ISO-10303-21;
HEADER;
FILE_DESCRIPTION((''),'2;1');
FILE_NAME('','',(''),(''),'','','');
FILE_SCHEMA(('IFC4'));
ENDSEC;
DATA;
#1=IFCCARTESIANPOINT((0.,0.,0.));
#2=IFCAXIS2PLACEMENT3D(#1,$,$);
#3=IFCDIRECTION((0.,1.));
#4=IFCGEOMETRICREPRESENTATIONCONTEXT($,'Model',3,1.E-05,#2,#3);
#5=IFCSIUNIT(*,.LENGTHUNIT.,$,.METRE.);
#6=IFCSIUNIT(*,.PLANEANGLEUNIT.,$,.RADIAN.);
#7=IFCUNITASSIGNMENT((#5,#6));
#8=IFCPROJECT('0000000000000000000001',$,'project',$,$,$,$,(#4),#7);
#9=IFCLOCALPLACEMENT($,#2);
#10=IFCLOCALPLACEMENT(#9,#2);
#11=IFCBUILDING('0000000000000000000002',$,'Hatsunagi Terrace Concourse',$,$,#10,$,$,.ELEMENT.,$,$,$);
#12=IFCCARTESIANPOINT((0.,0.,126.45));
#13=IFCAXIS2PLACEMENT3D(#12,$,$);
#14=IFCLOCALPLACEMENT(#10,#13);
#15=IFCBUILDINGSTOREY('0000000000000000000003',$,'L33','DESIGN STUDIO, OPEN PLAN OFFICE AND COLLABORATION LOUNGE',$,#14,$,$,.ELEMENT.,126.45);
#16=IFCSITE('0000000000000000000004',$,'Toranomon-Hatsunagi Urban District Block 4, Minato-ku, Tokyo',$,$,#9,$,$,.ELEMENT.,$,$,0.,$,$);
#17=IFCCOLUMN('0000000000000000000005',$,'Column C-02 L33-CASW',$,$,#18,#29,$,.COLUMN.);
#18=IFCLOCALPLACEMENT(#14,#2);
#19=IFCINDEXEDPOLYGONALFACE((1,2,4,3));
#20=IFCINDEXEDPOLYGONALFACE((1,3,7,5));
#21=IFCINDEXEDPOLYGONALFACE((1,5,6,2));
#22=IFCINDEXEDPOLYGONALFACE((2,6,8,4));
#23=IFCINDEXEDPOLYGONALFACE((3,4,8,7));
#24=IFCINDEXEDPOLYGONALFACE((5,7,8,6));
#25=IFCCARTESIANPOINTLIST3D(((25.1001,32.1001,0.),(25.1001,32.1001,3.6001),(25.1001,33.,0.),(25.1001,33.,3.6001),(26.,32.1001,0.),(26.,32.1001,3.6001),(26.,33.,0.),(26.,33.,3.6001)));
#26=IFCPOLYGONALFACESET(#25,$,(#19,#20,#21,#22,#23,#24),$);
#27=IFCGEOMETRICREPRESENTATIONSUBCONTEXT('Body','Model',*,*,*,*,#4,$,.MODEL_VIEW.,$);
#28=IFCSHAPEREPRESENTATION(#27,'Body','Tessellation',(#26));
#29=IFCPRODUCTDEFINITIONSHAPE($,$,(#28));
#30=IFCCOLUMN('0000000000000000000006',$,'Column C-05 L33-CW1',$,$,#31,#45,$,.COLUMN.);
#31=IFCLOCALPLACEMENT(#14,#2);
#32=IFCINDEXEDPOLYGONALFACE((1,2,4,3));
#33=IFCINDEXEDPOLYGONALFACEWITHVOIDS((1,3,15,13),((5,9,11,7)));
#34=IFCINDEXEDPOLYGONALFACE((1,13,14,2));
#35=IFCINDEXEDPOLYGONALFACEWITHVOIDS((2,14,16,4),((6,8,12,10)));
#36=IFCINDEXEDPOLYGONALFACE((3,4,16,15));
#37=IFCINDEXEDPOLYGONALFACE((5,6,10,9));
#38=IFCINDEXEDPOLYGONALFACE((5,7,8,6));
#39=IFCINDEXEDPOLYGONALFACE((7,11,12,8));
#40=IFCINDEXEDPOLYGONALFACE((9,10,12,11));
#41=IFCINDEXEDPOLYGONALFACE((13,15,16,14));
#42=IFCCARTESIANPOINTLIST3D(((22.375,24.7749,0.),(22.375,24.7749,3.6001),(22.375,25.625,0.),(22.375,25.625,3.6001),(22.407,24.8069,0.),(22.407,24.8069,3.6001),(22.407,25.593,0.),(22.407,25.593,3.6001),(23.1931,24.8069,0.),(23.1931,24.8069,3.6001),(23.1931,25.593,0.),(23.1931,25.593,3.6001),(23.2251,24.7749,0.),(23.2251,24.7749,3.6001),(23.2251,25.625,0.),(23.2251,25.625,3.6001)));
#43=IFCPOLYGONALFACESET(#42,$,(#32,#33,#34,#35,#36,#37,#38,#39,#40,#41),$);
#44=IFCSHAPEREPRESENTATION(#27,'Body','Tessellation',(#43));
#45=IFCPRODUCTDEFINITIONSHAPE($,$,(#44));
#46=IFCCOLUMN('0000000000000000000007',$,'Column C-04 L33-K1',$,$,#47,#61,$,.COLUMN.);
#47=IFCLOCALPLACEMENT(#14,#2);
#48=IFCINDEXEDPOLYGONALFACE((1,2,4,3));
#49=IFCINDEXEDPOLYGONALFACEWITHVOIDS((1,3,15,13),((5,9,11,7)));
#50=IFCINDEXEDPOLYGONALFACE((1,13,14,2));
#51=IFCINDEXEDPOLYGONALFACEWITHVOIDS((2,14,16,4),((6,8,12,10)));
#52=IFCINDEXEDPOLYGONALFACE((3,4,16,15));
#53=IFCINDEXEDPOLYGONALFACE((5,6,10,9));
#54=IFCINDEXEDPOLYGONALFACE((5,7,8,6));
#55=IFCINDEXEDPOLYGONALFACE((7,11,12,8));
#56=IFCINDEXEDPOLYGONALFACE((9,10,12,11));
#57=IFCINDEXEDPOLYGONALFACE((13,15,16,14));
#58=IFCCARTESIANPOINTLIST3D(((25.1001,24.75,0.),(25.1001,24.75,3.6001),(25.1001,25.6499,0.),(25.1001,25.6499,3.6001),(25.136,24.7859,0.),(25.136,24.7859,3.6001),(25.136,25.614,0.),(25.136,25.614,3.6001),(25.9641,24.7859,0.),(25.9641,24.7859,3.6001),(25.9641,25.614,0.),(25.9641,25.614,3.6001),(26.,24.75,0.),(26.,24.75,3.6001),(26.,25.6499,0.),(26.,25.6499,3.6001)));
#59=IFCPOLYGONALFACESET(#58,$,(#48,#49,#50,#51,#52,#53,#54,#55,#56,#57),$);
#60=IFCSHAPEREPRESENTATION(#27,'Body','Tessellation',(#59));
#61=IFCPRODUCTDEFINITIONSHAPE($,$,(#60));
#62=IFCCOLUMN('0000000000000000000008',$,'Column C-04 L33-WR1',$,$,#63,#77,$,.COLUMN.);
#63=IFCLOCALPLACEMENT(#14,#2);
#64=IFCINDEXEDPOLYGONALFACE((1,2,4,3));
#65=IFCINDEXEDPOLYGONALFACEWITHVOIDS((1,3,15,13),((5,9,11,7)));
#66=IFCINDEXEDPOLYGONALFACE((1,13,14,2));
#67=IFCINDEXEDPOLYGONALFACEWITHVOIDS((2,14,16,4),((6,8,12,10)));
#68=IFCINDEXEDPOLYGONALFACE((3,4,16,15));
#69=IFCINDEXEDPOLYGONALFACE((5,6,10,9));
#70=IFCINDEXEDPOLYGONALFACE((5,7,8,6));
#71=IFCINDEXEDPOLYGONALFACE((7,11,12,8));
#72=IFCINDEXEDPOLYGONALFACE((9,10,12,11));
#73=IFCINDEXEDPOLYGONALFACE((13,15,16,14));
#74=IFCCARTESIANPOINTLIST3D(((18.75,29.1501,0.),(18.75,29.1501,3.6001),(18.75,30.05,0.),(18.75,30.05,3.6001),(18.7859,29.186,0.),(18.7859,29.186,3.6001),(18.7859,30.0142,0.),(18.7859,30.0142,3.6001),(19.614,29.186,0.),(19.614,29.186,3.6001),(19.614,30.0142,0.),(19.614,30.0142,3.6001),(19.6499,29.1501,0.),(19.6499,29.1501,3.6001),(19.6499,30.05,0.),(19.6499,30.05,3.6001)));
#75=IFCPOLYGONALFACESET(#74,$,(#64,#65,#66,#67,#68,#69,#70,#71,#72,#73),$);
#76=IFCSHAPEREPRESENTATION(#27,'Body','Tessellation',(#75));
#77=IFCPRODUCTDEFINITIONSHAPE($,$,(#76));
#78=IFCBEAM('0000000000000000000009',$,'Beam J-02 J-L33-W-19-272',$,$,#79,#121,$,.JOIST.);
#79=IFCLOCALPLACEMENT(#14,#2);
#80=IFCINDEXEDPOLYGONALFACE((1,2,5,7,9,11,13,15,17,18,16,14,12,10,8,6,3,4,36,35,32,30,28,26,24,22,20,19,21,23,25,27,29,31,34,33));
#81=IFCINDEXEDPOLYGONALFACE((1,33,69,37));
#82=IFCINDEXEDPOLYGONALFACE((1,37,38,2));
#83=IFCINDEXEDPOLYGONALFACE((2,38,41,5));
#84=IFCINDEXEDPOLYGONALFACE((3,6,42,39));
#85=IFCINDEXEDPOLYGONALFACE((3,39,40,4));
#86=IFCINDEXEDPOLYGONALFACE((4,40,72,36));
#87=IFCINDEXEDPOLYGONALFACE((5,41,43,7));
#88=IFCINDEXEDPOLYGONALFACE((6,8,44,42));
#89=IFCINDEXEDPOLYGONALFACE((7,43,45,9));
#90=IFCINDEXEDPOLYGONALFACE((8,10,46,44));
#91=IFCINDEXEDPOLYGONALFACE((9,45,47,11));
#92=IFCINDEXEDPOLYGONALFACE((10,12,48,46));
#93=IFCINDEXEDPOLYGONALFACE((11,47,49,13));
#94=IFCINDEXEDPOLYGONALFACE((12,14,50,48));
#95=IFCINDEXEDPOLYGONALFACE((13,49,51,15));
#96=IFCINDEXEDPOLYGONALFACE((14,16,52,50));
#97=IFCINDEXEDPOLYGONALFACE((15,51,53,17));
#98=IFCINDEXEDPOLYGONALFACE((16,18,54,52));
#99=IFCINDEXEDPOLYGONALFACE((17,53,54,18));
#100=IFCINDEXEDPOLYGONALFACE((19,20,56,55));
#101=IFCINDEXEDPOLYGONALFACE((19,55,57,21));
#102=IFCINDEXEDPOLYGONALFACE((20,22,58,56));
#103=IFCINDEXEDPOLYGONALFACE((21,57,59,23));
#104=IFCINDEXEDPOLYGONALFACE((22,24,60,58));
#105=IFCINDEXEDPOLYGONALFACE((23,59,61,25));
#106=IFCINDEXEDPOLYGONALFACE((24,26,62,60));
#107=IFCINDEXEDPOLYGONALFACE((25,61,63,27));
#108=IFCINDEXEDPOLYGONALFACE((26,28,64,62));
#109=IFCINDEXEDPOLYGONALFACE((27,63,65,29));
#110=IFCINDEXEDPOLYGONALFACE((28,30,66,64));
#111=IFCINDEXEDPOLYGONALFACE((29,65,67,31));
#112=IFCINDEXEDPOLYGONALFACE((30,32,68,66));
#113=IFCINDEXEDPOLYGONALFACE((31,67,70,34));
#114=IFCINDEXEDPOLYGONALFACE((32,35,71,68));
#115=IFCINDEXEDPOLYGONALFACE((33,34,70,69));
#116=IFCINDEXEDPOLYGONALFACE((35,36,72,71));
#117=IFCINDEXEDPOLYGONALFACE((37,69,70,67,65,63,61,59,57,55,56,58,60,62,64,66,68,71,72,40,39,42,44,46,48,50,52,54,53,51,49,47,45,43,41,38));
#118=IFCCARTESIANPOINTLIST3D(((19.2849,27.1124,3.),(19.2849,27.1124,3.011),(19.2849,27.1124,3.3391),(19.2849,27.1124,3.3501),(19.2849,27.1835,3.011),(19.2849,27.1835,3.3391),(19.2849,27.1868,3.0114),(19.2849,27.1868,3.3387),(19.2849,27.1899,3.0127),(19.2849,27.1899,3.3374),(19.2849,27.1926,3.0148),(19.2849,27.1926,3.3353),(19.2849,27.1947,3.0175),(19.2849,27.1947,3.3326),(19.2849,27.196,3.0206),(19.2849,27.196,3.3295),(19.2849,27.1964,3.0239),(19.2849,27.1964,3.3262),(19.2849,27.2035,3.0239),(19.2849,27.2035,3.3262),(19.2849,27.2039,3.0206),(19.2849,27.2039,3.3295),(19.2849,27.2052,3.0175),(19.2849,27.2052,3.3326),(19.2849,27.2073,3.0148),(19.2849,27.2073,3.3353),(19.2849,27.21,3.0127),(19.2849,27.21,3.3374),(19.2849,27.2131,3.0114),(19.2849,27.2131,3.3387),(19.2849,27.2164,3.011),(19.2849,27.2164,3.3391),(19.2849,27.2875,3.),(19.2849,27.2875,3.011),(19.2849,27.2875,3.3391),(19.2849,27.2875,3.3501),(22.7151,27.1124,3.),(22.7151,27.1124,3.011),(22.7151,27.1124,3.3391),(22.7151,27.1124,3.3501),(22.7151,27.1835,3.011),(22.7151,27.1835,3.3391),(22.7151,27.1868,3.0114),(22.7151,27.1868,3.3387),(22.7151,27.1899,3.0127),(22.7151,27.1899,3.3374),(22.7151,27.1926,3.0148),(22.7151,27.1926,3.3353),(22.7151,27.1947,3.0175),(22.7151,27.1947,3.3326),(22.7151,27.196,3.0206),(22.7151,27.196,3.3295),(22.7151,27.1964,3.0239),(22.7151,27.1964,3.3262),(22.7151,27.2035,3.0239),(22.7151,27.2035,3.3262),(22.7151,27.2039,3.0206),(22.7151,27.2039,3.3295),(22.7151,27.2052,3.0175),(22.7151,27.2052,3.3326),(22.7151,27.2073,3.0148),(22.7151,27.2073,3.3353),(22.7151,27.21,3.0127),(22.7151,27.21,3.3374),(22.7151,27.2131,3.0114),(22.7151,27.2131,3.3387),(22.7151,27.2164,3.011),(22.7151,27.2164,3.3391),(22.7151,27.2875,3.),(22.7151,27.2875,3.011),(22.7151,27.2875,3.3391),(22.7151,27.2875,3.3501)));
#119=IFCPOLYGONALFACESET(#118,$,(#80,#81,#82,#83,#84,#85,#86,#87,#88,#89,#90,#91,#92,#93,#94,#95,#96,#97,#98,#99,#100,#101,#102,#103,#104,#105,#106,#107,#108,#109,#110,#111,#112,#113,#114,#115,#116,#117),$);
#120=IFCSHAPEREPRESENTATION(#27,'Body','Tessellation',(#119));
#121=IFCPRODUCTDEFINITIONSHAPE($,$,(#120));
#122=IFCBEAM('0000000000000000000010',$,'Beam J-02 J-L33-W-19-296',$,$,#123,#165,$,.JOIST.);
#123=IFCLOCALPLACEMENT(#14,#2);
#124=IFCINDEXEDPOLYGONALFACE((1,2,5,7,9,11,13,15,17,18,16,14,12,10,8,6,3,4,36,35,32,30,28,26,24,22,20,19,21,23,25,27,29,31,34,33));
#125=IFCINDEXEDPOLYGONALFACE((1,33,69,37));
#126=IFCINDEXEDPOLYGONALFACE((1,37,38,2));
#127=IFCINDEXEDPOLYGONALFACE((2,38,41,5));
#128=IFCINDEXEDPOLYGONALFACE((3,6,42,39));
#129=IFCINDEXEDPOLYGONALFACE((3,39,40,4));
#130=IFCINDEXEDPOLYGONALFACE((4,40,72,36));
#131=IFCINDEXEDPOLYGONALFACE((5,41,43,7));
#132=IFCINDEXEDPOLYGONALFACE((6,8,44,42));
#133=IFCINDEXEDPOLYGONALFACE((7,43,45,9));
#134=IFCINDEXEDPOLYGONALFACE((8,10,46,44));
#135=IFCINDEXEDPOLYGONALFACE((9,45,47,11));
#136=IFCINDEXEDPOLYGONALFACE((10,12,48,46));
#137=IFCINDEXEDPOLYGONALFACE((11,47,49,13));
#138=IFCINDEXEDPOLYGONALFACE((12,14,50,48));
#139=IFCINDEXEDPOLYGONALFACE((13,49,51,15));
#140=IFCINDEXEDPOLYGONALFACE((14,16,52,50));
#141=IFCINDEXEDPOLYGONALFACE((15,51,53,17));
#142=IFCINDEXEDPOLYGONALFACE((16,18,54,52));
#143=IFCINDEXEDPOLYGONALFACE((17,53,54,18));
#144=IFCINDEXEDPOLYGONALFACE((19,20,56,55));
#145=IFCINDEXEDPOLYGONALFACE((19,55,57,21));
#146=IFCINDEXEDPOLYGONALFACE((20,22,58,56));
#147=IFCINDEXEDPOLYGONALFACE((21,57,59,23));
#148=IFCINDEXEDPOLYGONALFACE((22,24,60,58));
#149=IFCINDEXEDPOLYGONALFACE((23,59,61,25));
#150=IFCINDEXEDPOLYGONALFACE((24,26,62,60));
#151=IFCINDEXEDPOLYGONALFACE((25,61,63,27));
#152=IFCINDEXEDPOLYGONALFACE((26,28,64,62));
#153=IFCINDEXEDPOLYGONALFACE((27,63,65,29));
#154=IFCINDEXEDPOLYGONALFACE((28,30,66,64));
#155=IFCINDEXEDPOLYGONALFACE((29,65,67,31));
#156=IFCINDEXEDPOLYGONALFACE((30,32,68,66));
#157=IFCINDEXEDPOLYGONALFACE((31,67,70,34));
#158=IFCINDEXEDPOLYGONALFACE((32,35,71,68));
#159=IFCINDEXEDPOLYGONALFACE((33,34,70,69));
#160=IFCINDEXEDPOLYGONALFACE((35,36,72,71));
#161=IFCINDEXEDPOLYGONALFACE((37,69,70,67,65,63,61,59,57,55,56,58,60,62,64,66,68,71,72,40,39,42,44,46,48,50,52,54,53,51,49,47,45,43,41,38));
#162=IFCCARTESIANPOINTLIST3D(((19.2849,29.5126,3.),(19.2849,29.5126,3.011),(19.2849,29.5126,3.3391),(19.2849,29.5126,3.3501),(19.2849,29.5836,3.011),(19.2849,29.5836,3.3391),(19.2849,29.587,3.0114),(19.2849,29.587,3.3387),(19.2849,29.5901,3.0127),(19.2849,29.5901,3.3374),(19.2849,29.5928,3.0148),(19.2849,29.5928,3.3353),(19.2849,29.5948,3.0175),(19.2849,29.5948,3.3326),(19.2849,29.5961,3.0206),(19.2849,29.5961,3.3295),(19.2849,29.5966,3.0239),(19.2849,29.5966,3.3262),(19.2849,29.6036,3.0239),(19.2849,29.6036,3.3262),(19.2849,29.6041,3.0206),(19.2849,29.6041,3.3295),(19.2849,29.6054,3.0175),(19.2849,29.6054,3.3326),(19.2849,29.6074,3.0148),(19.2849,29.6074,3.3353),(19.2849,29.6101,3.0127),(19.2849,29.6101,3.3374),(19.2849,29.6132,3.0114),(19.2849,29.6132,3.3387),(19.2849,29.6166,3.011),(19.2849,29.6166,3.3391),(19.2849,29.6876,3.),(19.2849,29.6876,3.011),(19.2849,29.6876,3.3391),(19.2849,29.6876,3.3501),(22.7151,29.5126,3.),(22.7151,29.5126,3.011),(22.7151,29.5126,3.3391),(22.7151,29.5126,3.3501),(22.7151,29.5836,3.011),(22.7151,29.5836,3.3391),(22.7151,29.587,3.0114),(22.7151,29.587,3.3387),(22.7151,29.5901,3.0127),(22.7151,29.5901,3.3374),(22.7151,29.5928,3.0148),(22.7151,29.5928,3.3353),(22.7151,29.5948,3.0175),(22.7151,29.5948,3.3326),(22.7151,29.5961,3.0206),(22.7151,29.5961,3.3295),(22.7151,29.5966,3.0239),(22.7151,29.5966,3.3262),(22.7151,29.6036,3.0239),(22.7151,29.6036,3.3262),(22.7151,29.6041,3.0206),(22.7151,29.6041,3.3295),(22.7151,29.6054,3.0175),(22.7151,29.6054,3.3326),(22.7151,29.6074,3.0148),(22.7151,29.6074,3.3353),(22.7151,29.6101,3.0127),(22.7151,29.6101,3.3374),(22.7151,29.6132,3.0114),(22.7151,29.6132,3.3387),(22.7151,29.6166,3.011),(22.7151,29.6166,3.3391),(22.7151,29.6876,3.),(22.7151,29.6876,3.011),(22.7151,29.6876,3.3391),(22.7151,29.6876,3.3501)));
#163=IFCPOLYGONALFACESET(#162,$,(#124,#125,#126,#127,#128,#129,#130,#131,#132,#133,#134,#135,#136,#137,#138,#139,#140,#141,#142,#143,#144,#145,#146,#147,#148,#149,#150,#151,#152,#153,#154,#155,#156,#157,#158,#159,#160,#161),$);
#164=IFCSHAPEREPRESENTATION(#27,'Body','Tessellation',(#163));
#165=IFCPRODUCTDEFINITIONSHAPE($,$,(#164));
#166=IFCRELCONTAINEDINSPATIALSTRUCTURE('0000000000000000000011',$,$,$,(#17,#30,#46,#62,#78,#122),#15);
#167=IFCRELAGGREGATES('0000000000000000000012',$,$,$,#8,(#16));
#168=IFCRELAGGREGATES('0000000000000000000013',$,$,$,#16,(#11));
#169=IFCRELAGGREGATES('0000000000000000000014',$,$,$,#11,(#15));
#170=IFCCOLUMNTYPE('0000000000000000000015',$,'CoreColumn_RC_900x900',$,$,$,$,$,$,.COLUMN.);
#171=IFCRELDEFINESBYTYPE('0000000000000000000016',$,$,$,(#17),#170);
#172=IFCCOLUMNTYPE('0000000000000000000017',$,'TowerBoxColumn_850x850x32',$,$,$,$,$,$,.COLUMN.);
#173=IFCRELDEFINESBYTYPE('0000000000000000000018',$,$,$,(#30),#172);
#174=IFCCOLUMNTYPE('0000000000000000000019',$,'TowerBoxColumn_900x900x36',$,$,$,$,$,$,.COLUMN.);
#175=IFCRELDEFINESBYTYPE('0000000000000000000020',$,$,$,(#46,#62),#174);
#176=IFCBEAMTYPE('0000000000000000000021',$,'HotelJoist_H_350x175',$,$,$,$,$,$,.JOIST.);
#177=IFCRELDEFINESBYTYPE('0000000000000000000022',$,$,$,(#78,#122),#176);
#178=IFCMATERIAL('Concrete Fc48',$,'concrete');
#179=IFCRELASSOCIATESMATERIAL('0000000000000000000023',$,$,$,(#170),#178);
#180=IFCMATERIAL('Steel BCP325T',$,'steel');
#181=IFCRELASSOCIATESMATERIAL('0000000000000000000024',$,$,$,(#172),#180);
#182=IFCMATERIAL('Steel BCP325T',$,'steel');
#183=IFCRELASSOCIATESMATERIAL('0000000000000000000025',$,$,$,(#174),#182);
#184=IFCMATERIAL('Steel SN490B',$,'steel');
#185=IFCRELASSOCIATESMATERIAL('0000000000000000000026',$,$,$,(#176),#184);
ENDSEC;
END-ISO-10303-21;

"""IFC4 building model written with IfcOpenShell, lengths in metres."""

from ifc_helpers import new_model, si_unit, direction, frame, origin, origin_2d, place, context, subcontext, project, spatial, rectangle, hollow_rectangle, i_section, extrude, material, material_profile, profile_set, type_object, element, save


model = new_model("IFC4")

# Units and contexts
model_context = context("Model", 3, precision=1e-05, world=origin(), true_north=direction((0.0, 1.0)))
body_context = subcontext(model_context, "Body", "Model", "MODEL_VIEW")
ifc_project = project(units=[si_unit("LENGTHUNIT", "METRE"), si_unit("PLANEANGLEUNIT", "RADIAN")], contexts=[model_context])

# Site, building, storey
site_placement = place(None, origin())
site = spatial("IfcSite", under=ifc_project, at=site_placement, Name="Toranomon-Hatsunagi Urban District Block 4, Minato-ku, Tokyo", CompositionType="ELEMENT", RefElevation=0.0)
building_placement = place(site_placement, origin())
building = spatial("IfcBuilding", under=site, at=building_placement, Name="Hatsunagi Terrace Concourse", CompositionType="ELEMENT")
storey_placement = place(building_placement, frame((0.0, 0.0, 126.45)))
storey = spatial("IfcBuildingStorey", under=building, at=storey_placement, Name="L33", Description="DESIGN STUDIO, OPEN PLAN OFFICE AND COLLABORATION LOUNGE", CompositionType="ELEMENT", Elevation=126.45)

# Columns
ifc_material_1 = material(Name="Concrete Fc48", Category="concrete")
ifc_material_profile_1 = material_profile(ifc_material_1, rectangle(XDim=0.8999, YDim=0.8999, at=origin_2d()), Name="RC-900x900")
ifc_profile_set_1 = profile_set([ifc_material_profile_1], Name="Concrete Fc48")
column_type_1 = type_object("IfcColumnType", Name="CoreColumn_RC_900x900", PredefinedType="COLUMN", material=ifc_profile_set_1)
column_1_placement = place(storey_placement, frame((25.55, 32.55, 0.0), z_axis=(0.0, 0.0, 1.0), x_axis=(1.0, 0.0, 0.0)))
element("IfcColumn", 1, at=column_1_placement, inside=storey, type_object=column_type_1, Name="Column C-02 L33-CASW", PredefinedType="COLUMN", context=body_context, shape_type="SweptSolid", body=[
    extrude(rectangle(XDim=0.8999, YDim=0.8999, at=origin_2d()), origin(), (0.0, 0.0, 1.0), 3.6001),
])
ifc_material_2 = material(Name="Steel BCP325T", Category="steel")
ifc_material_profile_2 = material_profile(ifc_material_2, hollow_rectangle(XDim=0.8501, YDim=0.8501, WallThickness=0.032, at=origin_2d()), Name="BCP-850x850x32")
ifc_profile_set_2 = profile_set([ifc_material_profile_2], Name="Steel BCP325T")
column_type_2 = type_object("IfcColumnType", Name="TowerBoxColumn_850x850x32", PredefinedType="COLUMN", material=ifc_profile_set_2)
column_2_placement = place(storey_placement, frame((22.8, 25.2, 0.0), z_axis=(0.0, 0.0, 1.0), x_axis=(1.0, 0.0, 0.0)))
element("IfcColumn", 2, at=column_2_placement, inside=storey, type_object=column_type_2, Name="Column C-05 L33-CW1", PredefinedType="COLUMN", context=body_context, shape_type="SweptSolid", body=[
    extrude(hollow_rectangle(XDim=0.8501, YDim=0.8501, WallThickness=0.032, at=origin_2d()), origin(), (0.0, 0.0, 1.0), 3.6001),
])
ifc_material_3 = material(Name="Steel BCP325T", Category="steel")
ifc_material_profile_3 = material_profile(ifc_material_3, hollow_rectangle(XDim=0.8999, YDim=0.8999, WallThickness=0.0359, at=origin_2d()), Name="BCP-900x900x36")
ifc_profile_set_3 = profile_set([ifc_material_profile_3], Name="Steel BCP325T")
column_type_3 = type_object("IfcColumnType", Name="TowerBoxColumn_900x900x36", PredefinedType="COLUMN", material=ifc_profile_set_3)
for number, where, z_axis, x_axis, name in (
    (3, (25.55, 25.2, 0.0), (0.0, 0.0, 1.0), (1.0, 0.0, 0.0), "Column C-04 L33-K1"),
    (4, (19.2, 29.6001, 0.0), (0.0, 0.0, 1.0), (1.0, 0.0, 0.0), "Column C-04 L33-WR1"),
):
    element("IfcColumn", number, at=place(storey_placement, frame(where, z_axis=z_axis, x_axis=x_axis)), inside=storey, type_object=column_type_3, Name=name, PredefinedType="COLUMN", context=body_context, shape_type="SweptSolid", body=[
        extrude(hollow_rectangle(XDim=0.8999, YDim=0.8999, WallThickness=0.0359, at=origin_2d()), origin(), (0.0, 0.0, 1.0), 3.6001),
    ])

# Beams
ifc_material_4 = material(Name="Steel SN490B", Category="steel")
ifc_material_profile_4 = material_profile(ifc_material_4, i_section(OverallWidth=0.175, OverallDepth=0.3501, WebThickness=0.0071, FlangeThickness=0.011, FilletRadius=0.0129, at=origin_2d()), Name="H-350x175x7x11")
ifc_profile_set_4 = profile_set([ifc_material_profile_4], Name="Steel SN490B")
beam_type_1 = type_object("IfcBeamType", Name="HotelJoist_H_350x175", PredefinedType="JOIST", material=ifc_profile_set_4)
for number, where, z_axis, x_axis, name in (
    (5, (19.2849, 27.2, 3.175), (1.0, 0.0, 0.0), (0.0, 1.0, 0.0), "Beam J-02 J-L33-W-19-272"),
    (6, (19.2849, 29.6001, 3.175), (1.0, 0.0, 0.0), (0.0, 1.0, 0.0), "Beam J-02 J-L33-W-19-296"),
):
    element("IfcBeam", number, at=place(storey_placement, frame(where, z_axis=z_axis, x_axis=x_axis)), inside=storey, type_object=beam_type_1, Name=name, PredefinedType="JOIST", context=body_context, shape_type="SweptSolid", body=[
        extrude(i_section(OverallWidth=0.175, OverallDepth=0.3501, WebThickness=0.0071, FlangeThickness=0.011, FilletRadius=0.0129, at=origin_2d()), origin(), (0.0, 0.0, 1.0), 3.4302),
    ])

save(model, "model.ifc")
